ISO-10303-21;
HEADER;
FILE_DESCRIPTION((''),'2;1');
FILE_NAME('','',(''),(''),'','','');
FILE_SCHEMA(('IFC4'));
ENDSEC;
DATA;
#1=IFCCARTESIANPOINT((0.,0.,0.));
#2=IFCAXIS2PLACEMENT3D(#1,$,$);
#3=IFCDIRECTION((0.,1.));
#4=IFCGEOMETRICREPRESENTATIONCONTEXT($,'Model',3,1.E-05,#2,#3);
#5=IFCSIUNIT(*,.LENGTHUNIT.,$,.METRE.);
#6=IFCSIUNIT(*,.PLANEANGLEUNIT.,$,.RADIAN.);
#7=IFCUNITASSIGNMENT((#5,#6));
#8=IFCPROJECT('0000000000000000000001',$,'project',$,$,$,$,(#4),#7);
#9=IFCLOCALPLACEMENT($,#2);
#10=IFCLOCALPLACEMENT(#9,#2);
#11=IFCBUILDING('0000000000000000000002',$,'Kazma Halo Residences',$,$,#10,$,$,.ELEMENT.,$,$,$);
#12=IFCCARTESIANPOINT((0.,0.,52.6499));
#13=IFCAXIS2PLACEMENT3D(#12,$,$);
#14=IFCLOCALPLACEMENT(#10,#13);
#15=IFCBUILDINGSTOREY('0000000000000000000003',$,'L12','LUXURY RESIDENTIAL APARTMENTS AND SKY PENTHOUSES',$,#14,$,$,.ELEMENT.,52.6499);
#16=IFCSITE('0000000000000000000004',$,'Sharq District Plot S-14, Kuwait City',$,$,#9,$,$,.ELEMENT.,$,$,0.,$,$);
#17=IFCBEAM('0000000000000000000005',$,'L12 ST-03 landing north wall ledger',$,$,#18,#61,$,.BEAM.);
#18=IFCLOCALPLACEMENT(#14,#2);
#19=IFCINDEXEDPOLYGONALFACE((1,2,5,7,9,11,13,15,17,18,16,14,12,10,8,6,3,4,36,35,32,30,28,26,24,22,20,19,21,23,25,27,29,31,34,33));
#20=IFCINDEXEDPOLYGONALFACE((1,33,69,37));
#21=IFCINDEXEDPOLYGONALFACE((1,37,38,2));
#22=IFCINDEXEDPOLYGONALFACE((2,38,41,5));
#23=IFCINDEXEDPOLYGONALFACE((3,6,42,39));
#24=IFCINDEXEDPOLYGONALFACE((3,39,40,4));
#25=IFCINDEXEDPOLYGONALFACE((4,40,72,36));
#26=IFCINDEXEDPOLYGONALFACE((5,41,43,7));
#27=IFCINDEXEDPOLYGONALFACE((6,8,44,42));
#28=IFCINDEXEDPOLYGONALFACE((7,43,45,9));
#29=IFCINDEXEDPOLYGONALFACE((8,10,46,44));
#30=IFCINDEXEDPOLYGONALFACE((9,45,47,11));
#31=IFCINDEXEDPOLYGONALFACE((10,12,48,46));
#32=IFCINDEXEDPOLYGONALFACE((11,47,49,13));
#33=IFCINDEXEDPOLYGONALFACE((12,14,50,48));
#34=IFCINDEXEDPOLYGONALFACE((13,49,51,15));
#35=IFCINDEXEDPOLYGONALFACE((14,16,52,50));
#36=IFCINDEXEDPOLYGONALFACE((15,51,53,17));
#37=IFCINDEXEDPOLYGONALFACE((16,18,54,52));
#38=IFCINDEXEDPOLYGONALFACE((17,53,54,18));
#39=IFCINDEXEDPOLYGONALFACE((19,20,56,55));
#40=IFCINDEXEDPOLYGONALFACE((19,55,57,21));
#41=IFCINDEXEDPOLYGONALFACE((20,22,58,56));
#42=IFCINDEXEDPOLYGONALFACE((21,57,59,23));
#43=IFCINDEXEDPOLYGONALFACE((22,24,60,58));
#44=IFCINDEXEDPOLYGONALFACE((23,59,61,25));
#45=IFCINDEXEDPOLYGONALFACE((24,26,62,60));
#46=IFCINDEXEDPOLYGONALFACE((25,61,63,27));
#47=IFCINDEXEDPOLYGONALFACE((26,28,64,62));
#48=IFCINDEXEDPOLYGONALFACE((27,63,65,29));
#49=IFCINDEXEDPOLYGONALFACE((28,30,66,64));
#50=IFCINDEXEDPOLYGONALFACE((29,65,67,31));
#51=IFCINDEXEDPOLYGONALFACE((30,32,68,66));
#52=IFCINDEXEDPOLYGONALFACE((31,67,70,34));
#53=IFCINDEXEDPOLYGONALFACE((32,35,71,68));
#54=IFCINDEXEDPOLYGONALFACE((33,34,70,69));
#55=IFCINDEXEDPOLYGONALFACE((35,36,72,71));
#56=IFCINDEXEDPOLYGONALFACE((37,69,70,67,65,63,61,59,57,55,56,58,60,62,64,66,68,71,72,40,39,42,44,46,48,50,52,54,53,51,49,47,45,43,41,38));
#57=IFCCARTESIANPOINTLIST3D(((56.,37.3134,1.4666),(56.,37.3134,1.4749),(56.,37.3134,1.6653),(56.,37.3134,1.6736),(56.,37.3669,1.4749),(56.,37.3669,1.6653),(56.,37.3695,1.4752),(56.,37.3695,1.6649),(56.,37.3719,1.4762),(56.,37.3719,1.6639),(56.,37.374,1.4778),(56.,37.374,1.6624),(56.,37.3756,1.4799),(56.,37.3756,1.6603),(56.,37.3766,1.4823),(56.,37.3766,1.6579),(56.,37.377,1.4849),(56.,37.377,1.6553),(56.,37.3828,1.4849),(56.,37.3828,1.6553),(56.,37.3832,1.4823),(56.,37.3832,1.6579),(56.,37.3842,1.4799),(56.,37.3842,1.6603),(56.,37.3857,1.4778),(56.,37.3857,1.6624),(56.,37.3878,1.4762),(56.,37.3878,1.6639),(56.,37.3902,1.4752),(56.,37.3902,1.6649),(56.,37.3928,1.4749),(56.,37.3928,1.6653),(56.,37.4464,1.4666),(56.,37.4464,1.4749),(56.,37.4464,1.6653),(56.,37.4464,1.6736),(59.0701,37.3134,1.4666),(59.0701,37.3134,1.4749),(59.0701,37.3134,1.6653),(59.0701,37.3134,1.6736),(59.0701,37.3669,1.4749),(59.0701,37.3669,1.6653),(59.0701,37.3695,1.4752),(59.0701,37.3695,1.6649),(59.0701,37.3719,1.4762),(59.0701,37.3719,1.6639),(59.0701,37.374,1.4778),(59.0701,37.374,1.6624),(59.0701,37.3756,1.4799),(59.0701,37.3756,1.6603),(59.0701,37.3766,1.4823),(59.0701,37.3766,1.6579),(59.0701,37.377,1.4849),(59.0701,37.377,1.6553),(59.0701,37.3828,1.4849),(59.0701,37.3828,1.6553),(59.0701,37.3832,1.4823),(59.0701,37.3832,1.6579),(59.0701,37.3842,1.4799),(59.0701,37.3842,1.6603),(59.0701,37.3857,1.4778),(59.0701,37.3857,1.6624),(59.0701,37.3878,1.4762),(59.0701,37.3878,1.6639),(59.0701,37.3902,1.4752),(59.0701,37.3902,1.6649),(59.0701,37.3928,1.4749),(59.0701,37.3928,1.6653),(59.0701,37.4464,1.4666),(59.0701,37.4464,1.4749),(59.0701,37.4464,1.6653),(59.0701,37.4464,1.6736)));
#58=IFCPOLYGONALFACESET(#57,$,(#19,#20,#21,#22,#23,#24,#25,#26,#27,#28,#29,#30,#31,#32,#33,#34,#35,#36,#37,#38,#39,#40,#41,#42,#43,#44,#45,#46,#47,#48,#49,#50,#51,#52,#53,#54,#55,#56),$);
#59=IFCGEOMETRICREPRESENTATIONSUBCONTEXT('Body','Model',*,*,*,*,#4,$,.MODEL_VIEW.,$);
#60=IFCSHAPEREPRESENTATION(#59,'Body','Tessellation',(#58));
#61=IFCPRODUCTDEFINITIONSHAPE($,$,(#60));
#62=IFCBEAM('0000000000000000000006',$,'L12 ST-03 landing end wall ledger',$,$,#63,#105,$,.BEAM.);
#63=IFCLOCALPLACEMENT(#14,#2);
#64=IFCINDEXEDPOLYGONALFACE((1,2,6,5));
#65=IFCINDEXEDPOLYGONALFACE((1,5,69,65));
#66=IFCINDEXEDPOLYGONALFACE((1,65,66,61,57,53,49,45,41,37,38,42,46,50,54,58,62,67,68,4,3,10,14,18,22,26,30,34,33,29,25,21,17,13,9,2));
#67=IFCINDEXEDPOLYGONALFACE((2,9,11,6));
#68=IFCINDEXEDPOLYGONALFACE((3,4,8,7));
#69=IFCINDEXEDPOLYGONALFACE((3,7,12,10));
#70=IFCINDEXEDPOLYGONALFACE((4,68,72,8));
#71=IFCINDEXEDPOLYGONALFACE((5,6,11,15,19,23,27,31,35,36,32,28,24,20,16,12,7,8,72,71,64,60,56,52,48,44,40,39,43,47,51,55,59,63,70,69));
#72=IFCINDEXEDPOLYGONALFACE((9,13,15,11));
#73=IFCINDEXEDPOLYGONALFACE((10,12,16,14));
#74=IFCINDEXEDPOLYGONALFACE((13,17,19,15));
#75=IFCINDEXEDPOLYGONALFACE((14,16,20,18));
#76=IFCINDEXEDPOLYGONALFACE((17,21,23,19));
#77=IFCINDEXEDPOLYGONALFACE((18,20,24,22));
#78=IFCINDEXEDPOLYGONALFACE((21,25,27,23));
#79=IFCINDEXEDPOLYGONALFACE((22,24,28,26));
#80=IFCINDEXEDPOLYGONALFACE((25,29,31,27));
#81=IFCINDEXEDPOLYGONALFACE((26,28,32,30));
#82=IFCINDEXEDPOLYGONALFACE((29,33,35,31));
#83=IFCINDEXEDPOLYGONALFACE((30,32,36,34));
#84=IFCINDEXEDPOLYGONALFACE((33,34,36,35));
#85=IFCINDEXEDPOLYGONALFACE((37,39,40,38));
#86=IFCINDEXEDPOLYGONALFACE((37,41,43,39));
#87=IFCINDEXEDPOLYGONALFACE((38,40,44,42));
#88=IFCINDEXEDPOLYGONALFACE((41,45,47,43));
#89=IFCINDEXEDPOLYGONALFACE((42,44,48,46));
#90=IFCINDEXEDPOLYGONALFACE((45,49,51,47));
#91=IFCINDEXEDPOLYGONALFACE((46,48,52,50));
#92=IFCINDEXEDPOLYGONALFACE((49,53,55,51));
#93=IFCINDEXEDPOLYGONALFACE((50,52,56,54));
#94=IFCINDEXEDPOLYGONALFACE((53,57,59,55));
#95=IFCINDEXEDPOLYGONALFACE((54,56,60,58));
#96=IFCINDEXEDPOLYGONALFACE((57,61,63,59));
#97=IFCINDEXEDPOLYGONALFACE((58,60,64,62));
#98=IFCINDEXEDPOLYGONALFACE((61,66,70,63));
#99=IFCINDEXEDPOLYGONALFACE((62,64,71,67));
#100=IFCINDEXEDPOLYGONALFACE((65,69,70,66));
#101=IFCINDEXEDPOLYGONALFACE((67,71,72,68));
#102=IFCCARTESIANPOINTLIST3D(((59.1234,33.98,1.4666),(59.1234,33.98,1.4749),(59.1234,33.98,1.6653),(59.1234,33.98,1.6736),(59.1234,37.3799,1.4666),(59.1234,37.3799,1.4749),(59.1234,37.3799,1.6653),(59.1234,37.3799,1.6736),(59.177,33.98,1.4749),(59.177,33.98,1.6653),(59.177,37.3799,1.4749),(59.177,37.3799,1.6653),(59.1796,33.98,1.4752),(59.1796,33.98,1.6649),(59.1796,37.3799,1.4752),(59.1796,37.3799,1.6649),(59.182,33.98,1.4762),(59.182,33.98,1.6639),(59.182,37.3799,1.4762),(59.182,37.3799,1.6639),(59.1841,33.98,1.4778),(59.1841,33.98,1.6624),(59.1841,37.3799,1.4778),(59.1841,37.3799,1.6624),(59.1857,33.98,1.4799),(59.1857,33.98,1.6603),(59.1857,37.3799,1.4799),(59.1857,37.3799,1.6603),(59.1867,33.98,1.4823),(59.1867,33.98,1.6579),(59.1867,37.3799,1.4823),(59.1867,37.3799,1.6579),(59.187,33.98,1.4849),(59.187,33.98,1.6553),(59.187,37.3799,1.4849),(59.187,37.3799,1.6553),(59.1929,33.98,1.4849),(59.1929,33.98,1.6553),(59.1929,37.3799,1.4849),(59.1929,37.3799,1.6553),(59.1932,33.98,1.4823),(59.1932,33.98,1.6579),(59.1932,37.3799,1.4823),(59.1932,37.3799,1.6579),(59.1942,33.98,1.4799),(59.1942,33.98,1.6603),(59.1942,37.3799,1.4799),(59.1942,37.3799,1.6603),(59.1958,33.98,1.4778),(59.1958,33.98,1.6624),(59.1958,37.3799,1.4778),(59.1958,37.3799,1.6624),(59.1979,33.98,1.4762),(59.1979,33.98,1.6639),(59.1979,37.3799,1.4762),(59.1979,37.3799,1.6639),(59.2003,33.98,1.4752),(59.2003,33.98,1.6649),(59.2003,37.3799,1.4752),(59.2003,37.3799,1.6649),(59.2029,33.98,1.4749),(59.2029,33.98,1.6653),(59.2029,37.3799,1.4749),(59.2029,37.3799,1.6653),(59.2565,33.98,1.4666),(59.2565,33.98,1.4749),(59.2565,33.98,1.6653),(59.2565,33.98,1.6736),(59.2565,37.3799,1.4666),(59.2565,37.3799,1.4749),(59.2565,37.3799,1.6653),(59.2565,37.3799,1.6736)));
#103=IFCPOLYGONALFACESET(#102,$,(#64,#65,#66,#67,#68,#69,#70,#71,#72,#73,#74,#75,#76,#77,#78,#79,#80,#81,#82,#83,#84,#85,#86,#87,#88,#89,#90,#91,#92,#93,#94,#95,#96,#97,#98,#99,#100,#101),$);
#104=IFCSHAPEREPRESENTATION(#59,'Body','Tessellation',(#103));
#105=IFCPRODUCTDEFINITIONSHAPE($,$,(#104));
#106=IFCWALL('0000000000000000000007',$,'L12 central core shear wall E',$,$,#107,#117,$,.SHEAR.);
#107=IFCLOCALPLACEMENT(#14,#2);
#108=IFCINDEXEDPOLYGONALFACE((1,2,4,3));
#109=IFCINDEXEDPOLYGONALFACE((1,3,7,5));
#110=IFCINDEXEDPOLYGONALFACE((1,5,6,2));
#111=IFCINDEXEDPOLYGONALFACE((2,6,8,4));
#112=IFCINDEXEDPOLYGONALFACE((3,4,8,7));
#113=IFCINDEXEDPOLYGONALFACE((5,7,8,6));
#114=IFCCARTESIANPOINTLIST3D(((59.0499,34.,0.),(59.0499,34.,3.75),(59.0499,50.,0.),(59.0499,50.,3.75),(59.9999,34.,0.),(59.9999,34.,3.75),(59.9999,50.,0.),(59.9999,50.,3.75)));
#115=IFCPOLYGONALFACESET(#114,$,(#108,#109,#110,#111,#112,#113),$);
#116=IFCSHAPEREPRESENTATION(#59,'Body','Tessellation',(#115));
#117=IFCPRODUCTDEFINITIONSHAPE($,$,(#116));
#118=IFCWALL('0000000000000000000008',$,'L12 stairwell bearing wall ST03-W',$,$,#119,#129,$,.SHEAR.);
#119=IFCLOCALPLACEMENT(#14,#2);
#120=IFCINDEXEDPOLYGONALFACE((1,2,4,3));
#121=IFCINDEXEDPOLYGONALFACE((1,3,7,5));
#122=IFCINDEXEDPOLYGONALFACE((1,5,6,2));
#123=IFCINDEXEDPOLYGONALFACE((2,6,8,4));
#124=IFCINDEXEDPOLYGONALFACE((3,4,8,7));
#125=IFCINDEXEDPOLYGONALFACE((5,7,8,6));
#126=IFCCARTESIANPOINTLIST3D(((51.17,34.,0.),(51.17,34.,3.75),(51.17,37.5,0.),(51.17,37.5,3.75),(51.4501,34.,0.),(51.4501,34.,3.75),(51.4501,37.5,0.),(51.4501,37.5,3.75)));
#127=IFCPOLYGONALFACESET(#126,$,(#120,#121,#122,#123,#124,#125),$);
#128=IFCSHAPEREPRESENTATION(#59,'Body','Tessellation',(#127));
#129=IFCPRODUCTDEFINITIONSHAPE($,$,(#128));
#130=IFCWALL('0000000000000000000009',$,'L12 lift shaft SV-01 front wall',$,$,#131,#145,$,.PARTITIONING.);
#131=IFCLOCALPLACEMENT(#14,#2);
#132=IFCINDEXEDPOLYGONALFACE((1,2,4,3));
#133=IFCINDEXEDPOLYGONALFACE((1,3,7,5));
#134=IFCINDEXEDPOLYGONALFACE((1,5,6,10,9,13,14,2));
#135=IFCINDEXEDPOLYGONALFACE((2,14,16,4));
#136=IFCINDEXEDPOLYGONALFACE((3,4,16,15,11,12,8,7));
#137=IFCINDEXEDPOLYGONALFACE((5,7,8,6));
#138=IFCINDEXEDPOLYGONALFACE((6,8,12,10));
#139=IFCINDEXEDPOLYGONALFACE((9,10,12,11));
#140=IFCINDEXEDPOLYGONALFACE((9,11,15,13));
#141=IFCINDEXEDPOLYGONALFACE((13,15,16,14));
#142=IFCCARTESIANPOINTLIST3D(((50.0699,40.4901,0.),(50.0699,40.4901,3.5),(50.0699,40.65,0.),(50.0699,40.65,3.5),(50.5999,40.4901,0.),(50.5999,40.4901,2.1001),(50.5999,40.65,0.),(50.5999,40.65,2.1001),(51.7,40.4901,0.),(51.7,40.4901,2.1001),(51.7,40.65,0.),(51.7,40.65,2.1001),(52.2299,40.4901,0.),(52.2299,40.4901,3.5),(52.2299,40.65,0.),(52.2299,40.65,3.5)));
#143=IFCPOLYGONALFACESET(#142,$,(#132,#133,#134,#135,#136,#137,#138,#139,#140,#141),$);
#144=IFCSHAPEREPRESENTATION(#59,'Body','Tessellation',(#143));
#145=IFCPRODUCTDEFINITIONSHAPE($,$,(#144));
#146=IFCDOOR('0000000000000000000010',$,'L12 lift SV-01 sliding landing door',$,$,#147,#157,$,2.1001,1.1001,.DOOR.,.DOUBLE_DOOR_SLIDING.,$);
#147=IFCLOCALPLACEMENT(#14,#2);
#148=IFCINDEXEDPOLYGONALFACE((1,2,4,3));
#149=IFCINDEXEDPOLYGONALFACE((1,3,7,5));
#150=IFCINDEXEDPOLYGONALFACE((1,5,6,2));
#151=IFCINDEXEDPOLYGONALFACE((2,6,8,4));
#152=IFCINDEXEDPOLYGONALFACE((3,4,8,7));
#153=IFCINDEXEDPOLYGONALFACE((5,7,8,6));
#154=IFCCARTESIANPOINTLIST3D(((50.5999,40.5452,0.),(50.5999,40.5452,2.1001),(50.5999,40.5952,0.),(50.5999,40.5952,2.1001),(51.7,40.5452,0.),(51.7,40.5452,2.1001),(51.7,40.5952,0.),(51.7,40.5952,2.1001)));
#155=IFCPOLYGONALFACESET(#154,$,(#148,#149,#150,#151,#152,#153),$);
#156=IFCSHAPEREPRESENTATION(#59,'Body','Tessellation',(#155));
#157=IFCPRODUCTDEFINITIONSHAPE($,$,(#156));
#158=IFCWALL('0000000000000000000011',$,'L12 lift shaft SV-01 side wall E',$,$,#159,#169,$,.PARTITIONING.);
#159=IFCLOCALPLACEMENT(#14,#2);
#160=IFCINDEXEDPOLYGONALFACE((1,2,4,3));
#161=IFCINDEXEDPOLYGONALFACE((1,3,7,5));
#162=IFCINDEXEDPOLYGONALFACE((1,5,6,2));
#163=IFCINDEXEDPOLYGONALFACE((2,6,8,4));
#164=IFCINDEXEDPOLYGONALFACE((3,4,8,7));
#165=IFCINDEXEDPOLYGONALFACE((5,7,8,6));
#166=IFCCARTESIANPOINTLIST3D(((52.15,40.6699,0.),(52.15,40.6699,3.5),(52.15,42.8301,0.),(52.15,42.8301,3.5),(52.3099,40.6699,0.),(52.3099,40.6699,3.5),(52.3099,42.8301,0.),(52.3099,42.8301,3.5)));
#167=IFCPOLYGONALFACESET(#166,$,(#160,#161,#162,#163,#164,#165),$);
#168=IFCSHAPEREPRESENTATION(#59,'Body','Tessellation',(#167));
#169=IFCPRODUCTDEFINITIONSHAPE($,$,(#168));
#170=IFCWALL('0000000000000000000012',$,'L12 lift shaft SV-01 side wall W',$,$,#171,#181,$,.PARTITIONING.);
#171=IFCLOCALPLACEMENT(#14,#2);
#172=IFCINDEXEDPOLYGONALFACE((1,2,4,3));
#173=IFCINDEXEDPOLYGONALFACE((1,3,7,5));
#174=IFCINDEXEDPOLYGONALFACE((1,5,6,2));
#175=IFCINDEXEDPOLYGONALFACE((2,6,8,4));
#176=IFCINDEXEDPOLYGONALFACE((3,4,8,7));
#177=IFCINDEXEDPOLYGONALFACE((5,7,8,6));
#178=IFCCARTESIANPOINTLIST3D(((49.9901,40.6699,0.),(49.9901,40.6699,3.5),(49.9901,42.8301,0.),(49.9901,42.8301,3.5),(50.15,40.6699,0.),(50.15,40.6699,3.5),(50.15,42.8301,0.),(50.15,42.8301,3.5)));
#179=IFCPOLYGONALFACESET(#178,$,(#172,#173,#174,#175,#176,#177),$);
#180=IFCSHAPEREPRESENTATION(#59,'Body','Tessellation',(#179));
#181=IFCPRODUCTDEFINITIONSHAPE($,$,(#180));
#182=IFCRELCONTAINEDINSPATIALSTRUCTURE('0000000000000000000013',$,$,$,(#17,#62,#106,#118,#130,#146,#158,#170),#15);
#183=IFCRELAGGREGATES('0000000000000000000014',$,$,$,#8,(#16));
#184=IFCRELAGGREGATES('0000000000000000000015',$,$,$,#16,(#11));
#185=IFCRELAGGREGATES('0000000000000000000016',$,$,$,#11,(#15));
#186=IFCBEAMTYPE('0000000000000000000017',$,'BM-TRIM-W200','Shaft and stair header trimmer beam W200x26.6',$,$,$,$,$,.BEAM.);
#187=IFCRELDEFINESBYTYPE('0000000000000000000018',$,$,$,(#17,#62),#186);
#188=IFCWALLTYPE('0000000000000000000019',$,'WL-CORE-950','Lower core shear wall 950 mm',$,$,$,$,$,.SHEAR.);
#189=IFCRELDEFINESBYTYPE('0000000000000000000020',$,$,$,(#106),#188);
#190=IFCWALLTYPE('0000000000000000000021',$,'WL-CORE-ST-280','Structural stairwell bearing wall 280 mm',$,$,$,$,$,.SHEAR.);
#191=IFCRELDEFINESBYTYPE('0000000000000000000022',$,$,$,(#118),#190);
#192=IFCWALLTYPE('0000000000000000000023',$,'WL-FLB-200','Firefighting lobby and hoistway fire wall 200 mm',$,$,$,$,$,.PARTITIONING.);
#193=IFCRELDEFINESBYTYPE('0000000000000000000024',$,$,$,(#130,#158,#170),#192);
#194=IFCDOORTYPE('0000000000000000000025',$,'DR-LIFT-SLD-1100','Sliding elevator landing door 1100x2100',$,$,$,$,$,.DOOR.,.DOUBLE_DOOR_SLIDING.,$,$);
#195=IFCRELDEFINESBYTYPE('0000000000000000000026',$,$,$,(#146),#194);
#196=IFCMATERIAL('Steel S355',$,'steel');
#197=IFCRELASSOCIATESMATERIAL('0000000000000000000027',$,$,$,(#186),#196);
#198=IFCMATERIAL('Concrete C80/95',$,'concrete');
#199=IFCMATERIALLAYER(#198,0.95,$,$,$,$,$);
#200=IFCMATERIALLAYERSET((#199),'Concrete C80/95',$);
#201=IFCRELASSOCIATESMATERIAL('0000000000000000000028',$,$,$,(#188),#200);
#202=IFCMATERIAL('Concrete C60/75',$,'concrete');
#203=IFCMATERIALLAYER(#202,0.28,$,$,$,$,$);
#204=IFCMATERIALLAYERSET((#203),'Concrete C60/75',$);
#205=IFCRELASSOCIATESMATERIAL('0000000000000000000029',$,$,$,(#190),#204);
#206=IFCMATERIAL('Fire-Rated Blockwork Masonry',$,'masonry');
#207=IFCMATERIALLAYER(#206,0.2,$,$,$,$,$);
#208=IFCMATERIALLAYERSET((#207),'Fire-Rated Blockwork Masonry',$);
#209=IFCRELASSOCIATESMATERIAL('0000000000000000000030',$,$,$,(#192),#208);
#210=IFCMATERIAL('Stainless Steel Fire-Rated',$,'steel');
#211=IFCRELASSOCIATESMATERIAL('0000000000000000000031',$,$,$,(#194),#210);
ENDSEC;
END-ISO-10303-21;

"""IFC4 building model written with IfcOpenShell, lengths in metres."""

from ifc_helpers import new_model, si_unit, direction, frame, frame_2d, origin, origin_2d, place, context, subcontext, project, spatial, rectangle, i_section, extrude, material, layer, layer_set, material_profile, profile_set, type_object, element, fill, save


model = new_model("IFC4")

# Units and contexts
model_context = context("Model", 3, precision=1e-05, world=origin(), true_north=direction((0.0, 1.0)))
body_context = subcontext(model_context, "Body", "Model", "MODEL_VIEW")
ifc_project = project(units=[si_unit("LENGTHUNIT", "METRE"), si_unit("PLANEANGLEUNIT", "RADIAN")], contexts=[model_context])

# Site, building, storey
site_placement = place(None, origin())
site = spatial("IfcSite", under=ifc_project, at=site_placement, Name="Sharq District Plot S-14, Kuwait City", CompositionType="ELEMENT", RefElevation=0.0)
building_placement = place(site_placement, origin())
building = spatial("IfcBuilding", under=site, at=building_placement, Name="Kazma Halo Residences", CompositionType="ELEMENT")
storey_placement = place(building_placement, frame((0.0, 0.0, 52.6499)))
storey = spatial("IfcBuildingStorey", under=building, at=storey_placement, Name="L12", Description="LUXURY RESIDENTIAL APARTMENTS AND SKY PENTHOUSES", CompositionType="ELEMENT", Elevation=52.6499)

# Shared definitions
ifc_material_1 = material(Name="Steel S355", Category="steel")

# Beams
ifc_material_profile_1 = material_profile(ifc_material_1, i_section(OverallWidth=0.1331, OverallDepth=0.207, WebThickness=0.0059, FlangeThickness=0.0083, FilletRadius=0.01, at=origin_2d()), Name="W200x26.6")
ifc_profile_set_1 = profile_set([ifc_material_profile_1], Name="Steel S355")
beam_type_1 = type_object("IfcBeamType", Name="BM-TRIM-W200", Description="Shaft and stair header trimmer beam W200x26.6", PredefinedType="BEAM", material=ifc_profile_set_1)
beam_1_placement = place(storey_placement, frame((56.0, 37.3799, 1.5701), z_axis=(1.0, 0.0, 0.0), x_axis=(0.0, 1.0, 0.0)))
element("IfcBeam", 1, at=beam_1_placement, inside=storey, type_object=beam_type_1, Name="L12 ST-03 landing north wall ledger", PredefinedType="BEAM", context=body_context, shape_type="SweptSolid", body=[
    extrude(i_section(OverallWidth=0.1331, OverallDepth=0.207, WebThickness=0.0059, FlangeThickness=0.0083, FilletRadius=0.01, at=origin_2d()), origin(), (0.0, 0.0, 1.0), 3.0701),
])
beam_2_placement = place(storey_placement, frame((59.1899, 33.98, 1.5701), z_axis=(0.0, 1.0, 0.0), x_axis=(-1.0, 0.0, 0.0)))
element("IfcBeam", 2, at=beam_2_placement, inside=storey, type_object=beam_type_1, Name="L12 ST-03 landing end wall ledger", PredefinedType="BEAM", context=body_context, shape_type="SweptSolid", body=[
    extrude(i_section(OverallWidth=0.1331, OverallDepth=0.207, WebThickness=0.0059, FlangeThickness=0.0083, FilletRadius=0.01, at=origin_2d()), origin(), (0.0, 0.0, 1.0), 3.3999),
])

# Walls
ifc_material_2 = material(Name="Concrete C80/95", Category="concrete")
ifc_layer_1 = layer(ifc_material_2, 0.95)
ifc_layer_set_1 = layer_set([ifc_layer_1], Name="Concrete C80/95")
wall_type_1 = type_object("IfcWallType", Name="WL-CORE-950", Description="Lower core shear wall 950 mm", PredefinedType="SHEAR", material=ifc_layer_set_1)
wall_1_placement = place(storey_placement, frame((59.5249, 34.0, 0.0), z_axis=(0.0, 0.0, 1.0), x_axis=(0.0, 1.0, 0.0)))
element("IfcWall", 3, at=wall_1_placement, inside=storey, type_object=wall_type_1, Name="L12 central core shear wall E", PredefinedType="SHEAR", context=body_context, shape_type="SweptSolid", body=[
    extrude(rectangle(XDim=16.0, YDim=0.95, at=frame_2d((8.0, 0.0))), origin(), (0.0, 0.0, 1.0), 3.75),
])
ifc_material_3 = material(Name="Concrete C60/75", Category="concrete")
ifc_layer_2 = layer(ifc_material_3, 0.28)
ifc_layer_set_2 = layer_set([ifc_layer_2], Name="Concrete C60/75")
wall_type_2 = type_object("IfcWallType", Name="WL-CORE-ST-280", Description="Structural stairwell bearing wall 280 mm", PredefinedType="SHEAR", material=ifc_layer_set_2)
wall_2_placement = place(storey_placement, frame((51.3101, 34.0, 0.0), z_axis=(0.0, 0.0, 1.0), x_axis=(0.0, 1.0, 0.0)))
element("IfcWall", 4, at=wall_2_placement, inside=storey, type_object=wall_type_2, Name="L12 stairwell bearing wall ST03-W", PredefinedType="SHEAR", context=body_context, shape_type="SweptSolid", body=[
    extrude(rectangle(XDim=3.5, YDim=0.28, at=frame_2d((1.75, 0.0))), origin(), (0.0, 0.0, 1.0), 3.75),
])

# Wall, opening, door
ifc_material_4 = material(Name="Fire-Rated Blockwork Masonry", Category="masonry")
ifc_layer_3 = layer(ifc_material_4, 0.2)
ifc_layer_set_3 = layer_set([ifc_layer_3], Name="Fire-Rated Blockwork Masonry")
wall_type_3 = type_object("IfcWallType", Name="WL-FLB-200", Description="Firefighting lobby and hoistway fire wall 200 mm", PredefinedType="PARTITIONING", material=ifc_layer_set_3)
wall_3_placement = place(storey_placement, frame((52.23, 40.5701, 0.0), z_axis=(0.0, 0.0, 1.0), x_axis=(-1.0, 0.0, 0.0)))
wall_3 = element("IfcWall", 5, at=wall_3_placement, inside=storey, type_object=wall_type_3, Name="L12 lift shaft SV-01 front wall", PredefinedType="PARTITIONING", context=body_context, shape_type="SweptSolid", body=[
    extrude(rectangle(XDim=2.1599, YDim=0.1599, at=frame_2d((1.0801, 0.0))), origin(), (0.0, 0.0, 1.0), 3.5),
])
opening_1_placement = place(wall_3_placement, frame((0.53, 0.0, 0.0)))
opening_1 = element("IfcOpeningElement", 6, at=opening_1_placement, cuts=wall_3, PredefinedType="OPENING", context=body_context, shape_type="SweptSolid", body=[
    extrude(rectangle(XDim=1.1001, YDim=2.1001, at=frame_2d((0.55, 1.05))), frame((0.0, 0.0898, 0.0), z_axis=(0.0, -1.0, 0.0), x_axis=(1.0, 0.0, 0.0)), (0.0, 0.0, 1.0), 0.1799),
])
ifc_material_5 = material(Name="Stainless Steel Fire-Rated", Category="steel")
door_type_1 = type_object("IfcDoorType", Name="DR-LIFT-SLD-1100", Description="Sliding elevator landing door 1100x2100", OperationType="DOUBLE_DOOR_SLIDING", PredefinedType="DOOR", material=ifc_material_5)
door_1_placement = place(opening_1_placement, origin())
door_1 = element("IfcDoor", 7, at=door_1_placement, inside=storey, type_object=door_type_1, Name="L12 lift SV-01 sliding landing door", OperationType="DOUBLE_DOOR_SLIDING", OverallHeight=2.1001, OverallWidth=1.1001, PredefinedType="DOOR", context=body_context, shape_type="SweptSolid", body=[
    extrude(rectangle(XDim=1.1001, YDim=2.1001, at=frame_2d((0.55, 1.05))), frame((0.0, 0.0249, 0.0), z_axis=(0.0, -1.0, 0.0), x_axis=(1.0, 0.0, 0.0)), (0.0, 0.0, 1.0), 0.05),
])
fill(opening_1, door_1)

# Walls
for number, where, z_axis, x_axis, name in (
    (8, (52.23, 40.6699, 0.0), (0.0, 0.0, 1.0), (0.0, 1.0, 0.0), "L12 lift shaft SV-01 side wall E"),
    (9, (50.0701, 40.6699, 0.0), (0.0, 0.0, 1.0), (0.0, 1.0, 0.0), "L12 lift shaft SV-01 side wall W"),
):
    element("IfcWall", number, at=place(storey_placement, frame(where, z_axis=z_axis, x_axis=x_axis)), inside=storey, type_object=wall_type_3, Name=name, PredefinedType="PARTITIONING", context=body_context, shape_type="SweptSolid", body=[
        extrude(rectangle(XDim=2.1602, YDim=0.1599, at=frame_2d((1.0801, 0.0))), origin(), (0.0, 0.0, 1.0), 3.5),
    ])

save(model, "model.ifc")
